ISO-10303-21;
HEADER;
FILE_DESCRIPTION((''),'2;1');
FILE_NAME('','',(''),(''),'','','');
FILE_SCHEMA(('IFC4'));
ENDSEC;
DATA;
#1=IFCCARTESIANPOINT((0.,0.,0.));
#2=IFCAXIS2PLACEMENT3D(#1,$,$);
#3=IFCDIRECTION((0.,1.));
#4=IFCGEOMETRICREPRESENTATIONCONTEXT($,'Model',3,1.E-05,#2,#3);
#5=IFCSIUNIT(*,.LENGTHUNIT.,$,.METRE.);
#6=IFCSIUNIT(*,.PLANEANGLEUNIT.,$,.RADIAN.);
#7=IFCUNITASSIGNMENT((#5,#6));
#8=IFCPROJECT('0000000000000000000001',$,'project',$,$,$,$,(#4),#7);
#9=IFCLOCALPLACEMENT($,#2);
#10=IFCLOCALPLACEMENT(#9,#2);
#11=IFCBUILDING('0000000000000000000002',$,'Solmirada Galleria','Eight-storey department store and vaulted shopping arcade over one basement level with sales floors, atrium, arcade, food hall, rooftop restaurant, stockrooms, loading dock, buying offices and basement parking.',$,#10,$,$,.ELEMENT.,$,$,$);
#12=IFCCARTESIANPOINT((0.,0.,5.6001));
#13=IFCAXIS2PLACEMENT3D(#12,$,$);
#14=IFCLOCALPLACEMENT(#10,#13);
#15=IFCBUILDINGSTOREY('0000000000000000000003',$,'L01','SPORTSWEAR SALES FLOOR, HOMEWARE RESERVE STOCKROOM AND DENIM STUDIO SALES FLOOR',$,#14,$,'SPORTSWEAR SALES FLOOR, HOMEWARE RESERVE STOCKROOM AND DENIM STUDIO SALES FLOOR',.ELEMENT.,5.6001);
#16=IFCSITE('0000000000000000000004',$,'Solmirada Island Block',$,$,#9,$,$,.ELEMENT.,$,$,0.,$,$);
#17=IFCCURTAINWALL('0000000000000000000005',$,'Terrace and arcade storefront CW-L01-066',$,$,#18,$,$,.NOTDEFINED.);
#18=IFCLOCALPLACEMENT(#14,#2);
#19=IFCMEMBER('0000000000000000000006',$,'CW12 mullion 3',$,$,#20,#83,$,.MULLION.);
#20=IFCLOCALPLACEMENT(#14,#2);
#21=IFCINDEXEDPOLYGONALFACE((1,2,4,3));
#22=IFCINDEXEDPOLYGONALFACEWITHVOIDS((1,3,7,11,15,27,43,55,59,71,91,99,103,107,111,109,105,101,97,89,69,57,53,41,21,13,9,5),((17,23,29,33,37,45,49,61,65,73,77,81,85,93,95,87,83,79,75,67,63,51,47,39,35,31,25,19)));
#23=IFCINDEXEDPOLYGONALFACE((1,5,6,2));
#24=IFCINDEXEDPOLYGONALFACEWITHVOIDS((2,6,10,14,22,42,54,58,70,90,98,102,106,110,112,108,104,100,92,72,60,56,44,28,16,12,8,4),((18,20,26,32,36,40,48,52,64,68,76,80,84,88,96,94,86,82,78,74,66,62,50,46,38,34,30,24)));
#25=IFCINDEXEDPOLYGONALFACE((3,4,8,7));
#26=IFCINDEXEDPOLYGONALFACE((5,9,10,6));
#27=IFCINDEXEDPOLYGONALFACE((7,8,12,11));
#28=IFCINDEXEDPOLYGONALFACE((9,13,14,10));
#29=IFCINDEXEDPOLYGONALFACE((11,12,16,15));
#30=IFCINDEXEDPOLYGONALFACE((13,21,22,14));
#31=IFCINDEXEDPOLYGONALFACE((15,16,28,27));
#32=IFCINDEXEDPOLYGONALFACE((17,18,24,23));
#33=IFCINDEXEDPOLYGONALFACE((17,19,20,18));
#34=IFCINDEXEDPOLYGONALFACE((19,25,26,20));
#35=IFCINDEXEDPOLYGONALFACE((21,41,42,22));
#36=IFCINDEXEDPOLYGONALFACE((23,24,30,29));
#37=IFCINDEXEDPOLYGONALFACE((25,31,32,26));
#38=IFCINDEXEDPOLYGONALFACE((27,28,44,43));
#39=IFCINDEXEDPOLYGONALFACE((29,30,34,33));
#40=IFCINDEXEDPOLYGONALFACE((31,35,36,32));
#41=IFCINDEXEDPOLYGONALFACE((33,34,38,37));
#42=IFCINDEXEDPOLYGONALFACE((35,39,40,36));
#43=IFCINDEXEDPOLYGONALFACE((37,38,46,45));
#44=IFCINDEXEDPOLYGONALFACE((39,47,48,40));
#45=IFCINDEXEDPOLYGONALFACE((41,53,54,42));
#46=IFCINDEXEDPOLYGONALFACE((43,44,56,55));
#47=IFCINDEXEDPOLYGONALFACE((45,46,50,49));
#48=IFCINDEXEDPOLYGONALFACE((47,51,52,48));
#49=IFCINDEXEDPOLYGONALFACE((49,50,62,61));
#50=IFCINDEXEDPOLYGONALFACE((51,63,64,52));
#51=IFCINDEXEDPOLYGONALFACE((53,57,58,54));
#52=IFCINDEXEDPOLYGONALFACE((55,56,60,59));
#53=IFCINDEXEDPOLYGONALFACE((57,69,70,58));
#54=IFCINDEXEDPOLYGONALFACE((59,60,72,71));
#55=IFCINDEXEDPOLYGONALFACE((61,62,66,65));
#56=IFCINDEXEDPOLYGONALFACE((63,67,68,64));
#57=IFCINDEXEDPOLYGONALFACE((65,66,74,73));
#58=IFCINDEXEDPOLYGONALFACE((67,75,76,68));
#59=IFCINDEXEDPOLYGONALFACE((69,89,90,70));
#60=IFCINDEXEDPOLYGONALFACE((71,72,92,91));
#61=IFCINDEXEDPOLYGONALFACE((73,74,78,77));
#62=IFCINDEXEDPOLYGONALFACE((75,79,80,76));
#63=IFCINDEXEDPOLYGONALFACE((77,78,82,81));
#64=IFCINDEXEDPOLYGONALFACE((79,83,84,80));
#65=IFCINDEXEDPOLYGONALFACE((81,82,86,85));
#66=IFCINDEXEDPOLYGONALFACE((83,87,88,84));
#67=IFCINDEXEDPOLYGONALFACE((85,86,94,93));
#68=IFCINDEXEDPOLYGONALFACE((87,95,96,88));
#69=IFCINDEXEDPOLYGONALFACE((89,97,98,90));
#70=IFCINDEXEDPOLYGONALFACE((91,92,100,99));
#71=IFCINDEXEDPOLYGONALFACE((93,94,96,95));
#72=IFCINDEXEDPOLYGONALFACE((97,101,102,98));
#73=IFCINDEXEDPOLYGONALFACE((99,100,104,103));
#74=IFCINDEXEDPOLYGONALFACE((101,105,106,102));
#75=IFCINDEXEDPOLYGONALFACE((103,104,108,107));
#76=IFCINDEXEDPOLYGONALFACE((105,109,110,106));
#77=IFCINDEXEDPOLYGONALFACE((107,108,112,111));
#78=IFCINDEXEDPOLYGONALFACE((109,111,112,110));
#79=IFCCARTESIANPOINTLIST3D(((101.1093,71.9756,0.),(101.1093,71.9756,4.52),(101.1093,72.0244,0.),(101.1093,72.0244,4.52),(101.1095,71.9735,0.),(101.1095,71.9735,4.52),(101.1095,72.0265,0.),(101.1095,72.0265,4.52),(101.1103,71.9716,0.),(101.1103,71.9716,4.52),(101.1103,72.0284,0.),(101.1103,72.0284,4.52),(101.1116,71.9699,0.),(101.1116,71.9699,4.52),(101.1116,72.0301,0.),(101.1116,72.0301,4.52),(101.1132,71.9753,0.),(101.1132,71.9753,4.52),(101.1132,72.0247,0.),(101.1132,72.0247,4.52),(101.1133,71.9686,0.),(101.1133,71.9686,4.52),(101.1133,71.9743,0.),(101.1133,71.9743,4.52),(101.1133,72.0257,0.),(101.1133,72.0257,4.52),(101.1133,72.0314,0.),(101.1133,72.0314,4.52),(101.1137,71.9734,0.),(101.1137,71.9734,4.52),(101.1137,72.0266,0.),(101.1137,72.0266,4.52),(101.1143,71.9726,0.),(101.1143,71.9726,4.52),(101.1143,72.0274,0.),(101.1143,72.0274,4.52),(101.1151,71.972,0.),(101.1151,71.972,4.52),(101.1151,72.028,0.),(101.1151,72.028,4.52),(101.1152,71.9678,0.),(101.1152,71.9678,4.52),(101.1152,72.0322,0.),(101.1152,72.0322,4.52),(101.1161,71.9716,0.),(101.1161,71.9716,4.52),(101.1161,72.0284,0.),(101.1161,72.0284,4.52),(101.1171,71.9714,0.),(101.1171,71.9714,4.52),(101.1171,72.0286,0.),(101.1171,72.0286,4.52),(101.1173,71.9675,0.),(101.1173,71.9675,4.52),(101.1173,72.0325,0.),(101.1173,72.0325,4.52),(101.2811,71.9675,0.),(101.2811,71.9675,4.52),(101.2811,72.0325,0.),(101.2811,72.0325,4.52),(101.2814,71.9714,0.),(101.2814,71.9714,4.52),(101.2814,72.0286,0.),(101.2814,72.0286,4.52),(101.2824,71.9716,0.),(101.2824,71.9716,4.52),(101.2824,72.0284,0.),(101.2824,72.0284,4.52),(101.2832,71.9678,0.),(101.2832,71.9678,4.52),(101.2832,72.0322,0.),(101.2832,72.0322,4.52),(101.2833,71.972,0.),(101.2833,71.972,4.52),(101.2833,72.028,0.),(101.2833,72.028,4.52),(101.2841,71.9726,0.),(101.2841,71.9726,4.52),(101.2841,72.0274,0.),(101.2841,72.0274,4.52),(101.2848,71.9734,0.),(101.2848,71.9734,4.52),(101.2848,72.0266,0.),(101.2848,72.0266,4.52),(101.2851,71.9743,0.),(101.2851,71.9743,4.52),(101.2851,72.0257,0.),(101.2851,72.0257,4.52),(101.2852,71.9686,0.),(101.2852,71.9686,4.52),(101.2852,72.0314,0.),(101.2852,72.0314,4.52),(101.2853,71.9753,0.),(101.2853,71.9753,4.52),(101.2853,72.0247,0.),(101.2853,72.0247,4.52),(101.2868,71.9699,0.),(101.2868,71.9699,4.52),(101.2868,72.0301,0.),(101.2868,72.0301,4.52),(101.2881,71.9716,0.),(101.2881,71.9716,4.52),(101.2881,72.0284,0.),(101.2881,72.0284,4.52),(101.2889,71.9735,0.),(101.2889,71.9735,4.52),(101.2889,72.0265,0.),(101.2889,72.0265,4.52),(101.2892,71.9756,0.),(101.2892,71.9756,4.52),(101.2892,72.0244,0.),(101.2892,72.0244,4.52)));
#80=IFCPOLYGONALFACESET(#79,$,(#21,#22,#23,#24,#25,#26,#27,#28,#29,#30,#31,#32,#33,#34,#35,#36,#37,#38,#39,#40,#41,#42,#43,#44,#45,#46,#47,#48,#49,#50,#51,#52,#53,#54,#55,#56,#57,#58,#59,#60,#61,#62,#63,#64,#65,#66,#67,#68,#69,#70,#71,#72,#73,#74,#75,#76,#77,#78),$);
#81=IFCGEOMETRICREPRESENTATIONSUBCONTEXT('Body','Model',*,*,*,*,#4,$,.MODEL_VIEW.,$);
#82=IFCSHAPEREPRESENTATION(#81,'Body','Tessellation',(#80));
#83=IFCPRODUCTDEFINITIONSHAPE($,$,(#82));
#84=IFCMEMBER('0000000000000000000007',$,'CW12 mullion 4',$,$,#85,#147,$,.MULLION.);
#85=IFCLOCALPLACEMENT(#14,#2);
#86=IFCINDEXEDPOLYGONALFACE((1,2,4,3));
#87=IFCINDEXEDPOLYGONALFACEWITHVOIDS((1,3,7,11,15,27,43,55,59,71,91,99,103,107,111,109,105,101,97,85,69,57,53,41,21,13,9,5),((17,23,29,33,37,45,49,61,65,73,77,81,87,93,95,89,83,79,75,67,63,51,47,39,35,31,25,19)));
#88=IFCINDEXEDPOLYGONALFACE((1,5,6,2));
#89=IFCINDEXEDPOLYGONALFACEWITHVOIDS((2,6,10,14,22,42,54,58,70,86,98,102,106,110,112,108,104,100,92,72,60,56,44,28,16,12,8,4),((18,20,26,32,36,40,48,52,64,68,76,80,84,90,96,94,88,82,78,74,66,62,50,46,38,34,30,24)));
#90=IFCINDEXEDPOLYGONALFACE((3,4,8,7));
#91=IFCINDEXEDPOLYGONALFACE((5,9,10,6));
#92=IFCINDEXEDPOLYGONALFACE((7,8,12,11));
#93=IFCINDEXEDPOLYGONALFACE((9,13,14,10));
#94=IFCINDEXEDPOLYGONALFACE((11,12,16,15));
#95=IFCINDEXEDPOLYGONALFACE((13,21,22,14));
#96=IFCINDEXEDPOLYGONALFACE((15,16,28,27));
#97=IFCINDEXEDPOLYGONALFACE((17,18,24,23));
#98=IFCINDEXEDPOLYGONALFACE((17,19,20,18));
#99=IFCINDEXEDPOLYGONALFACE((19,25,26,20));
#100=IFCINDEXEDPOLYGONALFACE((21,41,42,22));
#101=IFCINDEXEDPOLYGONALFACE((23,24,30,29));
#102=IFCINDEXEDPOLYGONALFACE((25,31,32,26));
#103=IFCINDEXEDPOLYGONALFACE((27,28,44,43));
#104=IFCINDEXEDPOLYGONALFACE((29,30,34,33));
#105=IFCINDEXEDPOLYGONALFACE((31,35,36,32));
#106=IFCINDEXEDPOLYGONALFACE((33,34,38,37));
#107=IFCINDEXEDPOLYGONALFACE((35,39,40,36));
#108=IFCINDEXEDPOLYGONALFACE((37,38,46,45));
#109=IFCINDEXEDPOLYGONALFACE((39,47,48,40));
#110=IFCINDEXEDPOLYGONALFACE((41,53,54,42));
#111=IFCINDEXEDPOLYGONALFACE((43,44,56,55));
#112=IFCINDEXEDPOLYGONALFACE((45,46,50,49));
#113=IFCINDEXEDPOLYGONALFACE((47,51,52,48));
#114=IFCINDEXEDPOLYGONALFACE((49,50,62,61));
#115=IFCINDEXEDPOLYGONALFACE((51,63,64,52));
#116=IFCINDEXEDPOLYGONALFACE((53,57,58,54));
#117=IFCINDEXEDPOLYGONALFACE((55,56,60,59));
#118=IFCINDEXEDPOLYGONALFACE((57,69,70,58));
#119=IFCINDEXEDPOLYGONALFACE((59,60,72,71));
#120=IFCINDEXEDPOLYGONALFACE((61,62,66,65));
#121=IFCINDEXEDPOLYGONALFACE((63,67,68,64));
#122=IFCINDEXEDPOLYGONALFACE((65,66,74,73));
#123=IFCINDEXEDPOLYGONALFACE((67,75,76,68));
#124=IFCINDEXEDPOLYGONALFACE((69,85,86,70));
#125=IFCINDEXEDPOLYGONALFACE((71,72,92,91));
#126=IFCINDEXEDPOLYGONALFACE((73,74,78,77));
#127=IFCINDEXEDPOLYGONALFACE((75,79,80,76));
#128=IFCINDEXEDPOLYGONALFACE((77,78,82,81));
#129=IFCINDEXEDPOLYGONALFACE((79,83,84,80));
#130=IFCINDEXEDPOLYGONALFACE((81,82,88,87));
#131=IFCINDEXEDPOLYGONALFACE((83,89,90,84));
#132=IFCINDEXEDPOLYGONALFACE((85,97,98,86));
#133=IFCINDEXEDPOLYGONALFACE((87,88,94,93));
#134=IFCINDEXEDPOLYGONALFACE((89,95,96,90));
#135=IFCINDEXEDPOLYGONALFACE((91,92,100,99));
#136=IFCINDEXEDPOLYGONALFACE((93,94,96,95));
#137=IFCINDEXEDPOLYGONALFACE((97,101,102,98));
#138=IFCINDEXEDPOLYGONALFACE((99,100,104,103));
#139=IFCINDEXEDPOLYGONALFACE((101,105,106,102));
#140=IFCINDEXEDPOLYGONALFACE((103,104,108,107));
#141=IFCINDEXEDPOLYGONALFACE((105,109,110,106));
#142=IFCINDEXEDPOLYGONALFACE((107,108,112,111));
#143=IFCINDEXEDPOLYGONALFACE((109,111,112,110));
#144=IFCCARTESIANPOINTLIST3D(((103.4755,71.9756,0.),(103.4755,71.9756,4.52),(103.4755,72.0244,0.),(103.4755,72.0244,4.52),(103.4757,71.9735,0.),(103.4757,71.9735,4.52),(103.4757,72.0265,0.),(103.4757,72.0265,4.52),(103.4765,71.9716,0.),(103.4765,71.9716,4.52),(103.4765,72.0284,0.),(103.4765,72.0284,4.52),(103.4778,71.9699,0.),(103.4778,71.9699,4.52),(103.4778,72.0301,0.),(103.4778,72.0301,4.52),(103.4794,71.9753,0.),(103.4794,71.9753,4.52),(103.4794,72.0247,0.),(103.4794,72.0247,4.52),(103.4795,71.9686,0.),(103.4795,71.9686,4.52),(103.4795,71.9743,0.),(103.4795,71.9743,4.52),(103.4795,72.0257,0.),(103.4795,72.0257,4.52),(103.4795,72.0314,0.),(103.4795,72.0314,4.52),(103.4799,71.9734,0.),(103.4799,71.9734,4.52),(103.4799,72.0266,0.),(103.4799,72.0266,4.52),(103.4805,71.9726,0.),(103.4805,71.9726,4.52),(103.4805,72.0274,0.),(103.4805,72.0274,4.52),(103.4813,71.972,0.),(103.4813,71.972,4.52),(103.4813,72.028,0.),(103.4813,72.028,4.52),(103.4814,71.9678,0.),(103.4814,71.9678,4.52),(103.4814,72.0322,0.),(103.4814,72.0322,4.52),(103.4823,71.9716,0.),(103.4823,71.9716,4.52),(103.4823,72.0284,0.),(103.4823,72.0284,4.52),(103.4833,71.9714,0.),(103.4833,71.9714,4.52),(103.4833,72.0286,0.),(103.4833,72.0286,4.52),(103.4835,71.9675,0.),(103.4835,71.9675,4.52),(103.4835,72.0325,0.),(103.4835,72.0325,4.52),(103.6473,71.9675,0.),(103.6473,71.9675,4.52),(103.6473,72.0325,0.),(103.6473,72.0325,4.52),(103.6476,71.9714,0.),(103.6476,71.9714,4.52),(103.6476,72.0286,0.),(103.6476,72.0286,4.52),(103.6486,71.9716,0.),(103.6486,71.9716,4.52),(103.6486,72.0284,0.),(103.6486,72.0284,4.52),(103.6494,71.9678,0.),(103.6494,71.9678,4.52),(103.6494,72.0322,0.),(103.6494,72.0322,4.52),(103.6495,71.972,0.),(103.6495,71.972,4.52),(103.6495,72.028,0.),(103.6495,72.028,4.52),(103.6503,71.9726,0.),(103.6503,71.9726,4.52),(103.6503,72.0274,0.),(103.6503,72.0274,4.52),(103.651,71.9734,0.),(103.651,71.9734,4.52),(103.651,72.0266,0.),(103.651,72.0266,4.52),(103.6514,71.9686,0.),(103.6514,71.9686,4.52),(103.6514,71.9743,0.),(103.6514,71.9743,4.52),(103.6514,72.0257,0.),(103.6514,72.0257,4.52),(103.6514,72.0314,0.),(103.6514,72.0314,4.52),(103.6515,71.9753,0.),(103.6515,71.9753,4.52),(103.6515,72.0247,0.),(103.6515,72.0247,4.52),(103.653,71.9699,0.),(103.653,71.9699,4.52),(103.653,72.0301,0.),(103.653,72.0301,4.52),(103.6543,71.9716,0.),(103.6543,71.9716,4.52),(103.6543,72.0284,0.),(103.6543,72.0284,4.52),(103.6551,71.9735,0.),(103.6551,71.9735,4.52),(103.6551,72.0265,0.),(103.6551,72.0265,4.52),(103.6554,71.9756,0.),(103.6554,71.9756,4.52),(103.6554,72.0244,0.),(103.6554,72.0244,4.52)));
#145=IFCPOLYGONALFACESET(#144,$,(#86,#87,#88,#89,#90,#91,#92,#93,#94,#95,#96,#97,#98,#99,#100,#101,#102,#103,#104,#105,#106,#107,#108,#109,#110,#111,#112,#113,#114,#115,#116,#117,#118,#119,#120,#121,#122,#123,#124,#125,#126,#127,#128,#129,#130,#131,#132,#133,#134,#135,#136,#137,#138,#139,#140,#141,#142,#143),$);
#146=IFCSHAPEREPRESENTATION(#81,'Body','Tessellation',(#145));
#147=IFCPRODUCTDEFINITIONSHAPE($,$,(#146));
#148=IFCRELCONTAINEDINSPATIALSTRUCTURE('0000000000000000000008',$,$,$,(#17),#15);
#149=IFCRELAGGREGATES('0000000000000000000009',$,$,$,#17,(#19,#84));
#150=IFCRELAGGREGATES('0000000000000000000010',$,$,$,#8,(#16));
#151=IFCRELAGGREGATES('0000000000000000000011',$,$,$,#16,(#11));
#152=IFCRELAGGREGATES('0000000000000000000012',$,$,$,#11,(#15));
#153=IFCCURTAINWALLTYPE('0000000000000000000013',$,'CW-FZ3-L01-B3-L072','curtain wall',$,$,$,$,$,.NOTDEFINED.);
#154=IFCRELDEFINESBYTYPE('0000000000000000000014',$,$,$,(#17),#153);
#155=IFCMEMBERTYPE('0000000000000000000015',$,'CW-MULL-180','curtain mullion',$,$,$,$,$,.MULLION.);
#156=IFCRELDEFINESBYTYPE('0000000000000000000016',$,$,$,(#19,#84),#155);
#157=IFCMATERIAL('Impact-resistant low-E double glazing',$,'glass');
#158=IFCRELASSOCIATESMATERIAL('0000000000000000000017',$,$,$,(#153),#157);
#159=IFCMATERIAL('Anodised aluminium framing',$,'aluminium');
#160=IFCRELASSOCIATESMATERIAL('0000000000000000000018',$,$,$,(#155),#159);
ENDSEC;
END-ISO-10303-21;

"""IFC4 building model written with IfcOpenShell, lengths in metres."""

from ifc_helpers import new_model, si_unit, direction, frame, origin, origin_2d, place, context, subcontext, project, spatial, hollow_rectangle, extrude, material, material_profile, profile_set, type_object, element, aggregate, save


model = new_model("IFC4")

# Units and contexts
model_context = context("Model", 3, precision=1e-05, world=origin(), true_north=direction((0.0, 1.0)))
body_context = subcontext(model_context, "Body", "Model", "MODEL_VIEW")
ifc_project = project(units=[si_unit("LENGTHUNIT", "METRE"), si_unit("PLANEANGLEUNIT", "RADIAN")], contexts=[model_context])

# Site, building, storey
site_placement = place(None, origin())
site = spatial("IfcSite", under=ifc_project, at=site_placement, Name="Solmirada Island Block", CompositionType="ELEMENT", RefElevation=0.0)
building_placement = place(site_placement, origin())
building = spatial("IfcBuilding", under=site, at=building_placement, Name="Solmirada Galleria", Description="Eight-storey department store and vaulted shopping arcade over one basement level with sales floors, atrium, arcade, food hall, rooftop restaurant, stockrooms, loading dock, buying offices and basement parking.", CompositionType="ELEMENT")
storey_placement = place(building_placement, frame((0.0, 0.0, 5.6001)))
storey = spatial("IfcBuildingStorey", under=building, at=storey_placement, Name="L01", Description="SPORTSWEAR SALES FLOOR, HOMEWARE RESERVE STOCKROOM AND DENIM STUDIO SALES FLOOR", LongName="SPORTSWEAR SALES FLOOR, HOMEWARE RESERVE STOCKROOM AND DENIM STUDIO SALES FLOOR", CompositionType="ELEMENT", Elevation=5.6001)

# Curtain wall, members
ifc_material_1 = material(Name="Impact-resistant low-E double glazing", Category="glass")
curtain_wall_type = type_object("IfcCurtainWallType", Name="CW-FZ3-L01-B3-L072", Description="curtain wall", PredefinedType="NOTDEFINED", material=ifc_material_1)
curtain_wall_placement = place(storey_placement, origin())
curtain_wall = element("IfcCurtainWall", 1, at=curtain_wall_placement, inside=storey, type_object=curtain_wall_type, Name="Terrace and arcade storefront CW-L01-066", PredefinedType="NOTDEFINED")
ifc_material_2 = material(Name="Anodised aluminium framing", Category="aluminium")
ifc_material_profile_1 = material_profile(ifc_material_2, hollow_rectangle(XDim=0.0649, YDim=0.1799, WallThickness=0.0039, InnerFilletRadius=0.0039, OuterFilletRadius=0.0081, at=origin_2d()), Name="ALU-MULL-180X65")
ifc_profile_set_1 = profile_set([ifc_material_profile_1], Name="Anodised aluminium framing")
member_type_1 = type_object("IfcMemberType", Name="CW-MULL-180", Description="curtain mullion", PredefinedType="MULLION", material=ifc_profile_set_1)
member_1_placement = place(storey_placement, frame((101.1992, 72.0, 0.0), z_axis=(0.0, 0.0, 1.0), x_axis=(0.0, 1.0, 0.0)))
member_1 = element("IfcMember", 2, at=member_1_placement, type_object=member_type_1, Name="CW12 mullion 3", PredefinedType="MULLION", context=body_context, shape_type="SweptSolid", body=[
    extrude(hollow_rectangle(XDim=0.0649, YDim=0.1799, WallThickness=0.0039, InnerFilletRadius=0.0039, OuterFilletRadius=0.0081, at=origin_2d()), origin(), (0.0, 0.0, 1.0), 4.52),
])
member_2_placement = place(storey_placement, frame((103.5654, 72.0, 0.0), z_axis=(0.0, 0.0, 1.0), x_axis=(0.0, 1.0, 0.0)))
member_2 = element("IfcMember", 3, at=member_2_placement, type_object=member_type_1, Name="CW12 mullion 4", PredefinedType="MULLION", context=body_context, shape_type="SweptSolid", body=[
    extrude(hollow_rectangle(XDim=0.0649, YDim=0.1799, WallThickness=0.0039, InnerFilletRadius=0.0039, OuterFilletRadius=0.0081, at=origin_2d()), origin(), (0.0, 0.0, 1.0), 4.52),
])
aggregate(curtain_wall, [member_1, member_2])

save(model, "model.ifc")
